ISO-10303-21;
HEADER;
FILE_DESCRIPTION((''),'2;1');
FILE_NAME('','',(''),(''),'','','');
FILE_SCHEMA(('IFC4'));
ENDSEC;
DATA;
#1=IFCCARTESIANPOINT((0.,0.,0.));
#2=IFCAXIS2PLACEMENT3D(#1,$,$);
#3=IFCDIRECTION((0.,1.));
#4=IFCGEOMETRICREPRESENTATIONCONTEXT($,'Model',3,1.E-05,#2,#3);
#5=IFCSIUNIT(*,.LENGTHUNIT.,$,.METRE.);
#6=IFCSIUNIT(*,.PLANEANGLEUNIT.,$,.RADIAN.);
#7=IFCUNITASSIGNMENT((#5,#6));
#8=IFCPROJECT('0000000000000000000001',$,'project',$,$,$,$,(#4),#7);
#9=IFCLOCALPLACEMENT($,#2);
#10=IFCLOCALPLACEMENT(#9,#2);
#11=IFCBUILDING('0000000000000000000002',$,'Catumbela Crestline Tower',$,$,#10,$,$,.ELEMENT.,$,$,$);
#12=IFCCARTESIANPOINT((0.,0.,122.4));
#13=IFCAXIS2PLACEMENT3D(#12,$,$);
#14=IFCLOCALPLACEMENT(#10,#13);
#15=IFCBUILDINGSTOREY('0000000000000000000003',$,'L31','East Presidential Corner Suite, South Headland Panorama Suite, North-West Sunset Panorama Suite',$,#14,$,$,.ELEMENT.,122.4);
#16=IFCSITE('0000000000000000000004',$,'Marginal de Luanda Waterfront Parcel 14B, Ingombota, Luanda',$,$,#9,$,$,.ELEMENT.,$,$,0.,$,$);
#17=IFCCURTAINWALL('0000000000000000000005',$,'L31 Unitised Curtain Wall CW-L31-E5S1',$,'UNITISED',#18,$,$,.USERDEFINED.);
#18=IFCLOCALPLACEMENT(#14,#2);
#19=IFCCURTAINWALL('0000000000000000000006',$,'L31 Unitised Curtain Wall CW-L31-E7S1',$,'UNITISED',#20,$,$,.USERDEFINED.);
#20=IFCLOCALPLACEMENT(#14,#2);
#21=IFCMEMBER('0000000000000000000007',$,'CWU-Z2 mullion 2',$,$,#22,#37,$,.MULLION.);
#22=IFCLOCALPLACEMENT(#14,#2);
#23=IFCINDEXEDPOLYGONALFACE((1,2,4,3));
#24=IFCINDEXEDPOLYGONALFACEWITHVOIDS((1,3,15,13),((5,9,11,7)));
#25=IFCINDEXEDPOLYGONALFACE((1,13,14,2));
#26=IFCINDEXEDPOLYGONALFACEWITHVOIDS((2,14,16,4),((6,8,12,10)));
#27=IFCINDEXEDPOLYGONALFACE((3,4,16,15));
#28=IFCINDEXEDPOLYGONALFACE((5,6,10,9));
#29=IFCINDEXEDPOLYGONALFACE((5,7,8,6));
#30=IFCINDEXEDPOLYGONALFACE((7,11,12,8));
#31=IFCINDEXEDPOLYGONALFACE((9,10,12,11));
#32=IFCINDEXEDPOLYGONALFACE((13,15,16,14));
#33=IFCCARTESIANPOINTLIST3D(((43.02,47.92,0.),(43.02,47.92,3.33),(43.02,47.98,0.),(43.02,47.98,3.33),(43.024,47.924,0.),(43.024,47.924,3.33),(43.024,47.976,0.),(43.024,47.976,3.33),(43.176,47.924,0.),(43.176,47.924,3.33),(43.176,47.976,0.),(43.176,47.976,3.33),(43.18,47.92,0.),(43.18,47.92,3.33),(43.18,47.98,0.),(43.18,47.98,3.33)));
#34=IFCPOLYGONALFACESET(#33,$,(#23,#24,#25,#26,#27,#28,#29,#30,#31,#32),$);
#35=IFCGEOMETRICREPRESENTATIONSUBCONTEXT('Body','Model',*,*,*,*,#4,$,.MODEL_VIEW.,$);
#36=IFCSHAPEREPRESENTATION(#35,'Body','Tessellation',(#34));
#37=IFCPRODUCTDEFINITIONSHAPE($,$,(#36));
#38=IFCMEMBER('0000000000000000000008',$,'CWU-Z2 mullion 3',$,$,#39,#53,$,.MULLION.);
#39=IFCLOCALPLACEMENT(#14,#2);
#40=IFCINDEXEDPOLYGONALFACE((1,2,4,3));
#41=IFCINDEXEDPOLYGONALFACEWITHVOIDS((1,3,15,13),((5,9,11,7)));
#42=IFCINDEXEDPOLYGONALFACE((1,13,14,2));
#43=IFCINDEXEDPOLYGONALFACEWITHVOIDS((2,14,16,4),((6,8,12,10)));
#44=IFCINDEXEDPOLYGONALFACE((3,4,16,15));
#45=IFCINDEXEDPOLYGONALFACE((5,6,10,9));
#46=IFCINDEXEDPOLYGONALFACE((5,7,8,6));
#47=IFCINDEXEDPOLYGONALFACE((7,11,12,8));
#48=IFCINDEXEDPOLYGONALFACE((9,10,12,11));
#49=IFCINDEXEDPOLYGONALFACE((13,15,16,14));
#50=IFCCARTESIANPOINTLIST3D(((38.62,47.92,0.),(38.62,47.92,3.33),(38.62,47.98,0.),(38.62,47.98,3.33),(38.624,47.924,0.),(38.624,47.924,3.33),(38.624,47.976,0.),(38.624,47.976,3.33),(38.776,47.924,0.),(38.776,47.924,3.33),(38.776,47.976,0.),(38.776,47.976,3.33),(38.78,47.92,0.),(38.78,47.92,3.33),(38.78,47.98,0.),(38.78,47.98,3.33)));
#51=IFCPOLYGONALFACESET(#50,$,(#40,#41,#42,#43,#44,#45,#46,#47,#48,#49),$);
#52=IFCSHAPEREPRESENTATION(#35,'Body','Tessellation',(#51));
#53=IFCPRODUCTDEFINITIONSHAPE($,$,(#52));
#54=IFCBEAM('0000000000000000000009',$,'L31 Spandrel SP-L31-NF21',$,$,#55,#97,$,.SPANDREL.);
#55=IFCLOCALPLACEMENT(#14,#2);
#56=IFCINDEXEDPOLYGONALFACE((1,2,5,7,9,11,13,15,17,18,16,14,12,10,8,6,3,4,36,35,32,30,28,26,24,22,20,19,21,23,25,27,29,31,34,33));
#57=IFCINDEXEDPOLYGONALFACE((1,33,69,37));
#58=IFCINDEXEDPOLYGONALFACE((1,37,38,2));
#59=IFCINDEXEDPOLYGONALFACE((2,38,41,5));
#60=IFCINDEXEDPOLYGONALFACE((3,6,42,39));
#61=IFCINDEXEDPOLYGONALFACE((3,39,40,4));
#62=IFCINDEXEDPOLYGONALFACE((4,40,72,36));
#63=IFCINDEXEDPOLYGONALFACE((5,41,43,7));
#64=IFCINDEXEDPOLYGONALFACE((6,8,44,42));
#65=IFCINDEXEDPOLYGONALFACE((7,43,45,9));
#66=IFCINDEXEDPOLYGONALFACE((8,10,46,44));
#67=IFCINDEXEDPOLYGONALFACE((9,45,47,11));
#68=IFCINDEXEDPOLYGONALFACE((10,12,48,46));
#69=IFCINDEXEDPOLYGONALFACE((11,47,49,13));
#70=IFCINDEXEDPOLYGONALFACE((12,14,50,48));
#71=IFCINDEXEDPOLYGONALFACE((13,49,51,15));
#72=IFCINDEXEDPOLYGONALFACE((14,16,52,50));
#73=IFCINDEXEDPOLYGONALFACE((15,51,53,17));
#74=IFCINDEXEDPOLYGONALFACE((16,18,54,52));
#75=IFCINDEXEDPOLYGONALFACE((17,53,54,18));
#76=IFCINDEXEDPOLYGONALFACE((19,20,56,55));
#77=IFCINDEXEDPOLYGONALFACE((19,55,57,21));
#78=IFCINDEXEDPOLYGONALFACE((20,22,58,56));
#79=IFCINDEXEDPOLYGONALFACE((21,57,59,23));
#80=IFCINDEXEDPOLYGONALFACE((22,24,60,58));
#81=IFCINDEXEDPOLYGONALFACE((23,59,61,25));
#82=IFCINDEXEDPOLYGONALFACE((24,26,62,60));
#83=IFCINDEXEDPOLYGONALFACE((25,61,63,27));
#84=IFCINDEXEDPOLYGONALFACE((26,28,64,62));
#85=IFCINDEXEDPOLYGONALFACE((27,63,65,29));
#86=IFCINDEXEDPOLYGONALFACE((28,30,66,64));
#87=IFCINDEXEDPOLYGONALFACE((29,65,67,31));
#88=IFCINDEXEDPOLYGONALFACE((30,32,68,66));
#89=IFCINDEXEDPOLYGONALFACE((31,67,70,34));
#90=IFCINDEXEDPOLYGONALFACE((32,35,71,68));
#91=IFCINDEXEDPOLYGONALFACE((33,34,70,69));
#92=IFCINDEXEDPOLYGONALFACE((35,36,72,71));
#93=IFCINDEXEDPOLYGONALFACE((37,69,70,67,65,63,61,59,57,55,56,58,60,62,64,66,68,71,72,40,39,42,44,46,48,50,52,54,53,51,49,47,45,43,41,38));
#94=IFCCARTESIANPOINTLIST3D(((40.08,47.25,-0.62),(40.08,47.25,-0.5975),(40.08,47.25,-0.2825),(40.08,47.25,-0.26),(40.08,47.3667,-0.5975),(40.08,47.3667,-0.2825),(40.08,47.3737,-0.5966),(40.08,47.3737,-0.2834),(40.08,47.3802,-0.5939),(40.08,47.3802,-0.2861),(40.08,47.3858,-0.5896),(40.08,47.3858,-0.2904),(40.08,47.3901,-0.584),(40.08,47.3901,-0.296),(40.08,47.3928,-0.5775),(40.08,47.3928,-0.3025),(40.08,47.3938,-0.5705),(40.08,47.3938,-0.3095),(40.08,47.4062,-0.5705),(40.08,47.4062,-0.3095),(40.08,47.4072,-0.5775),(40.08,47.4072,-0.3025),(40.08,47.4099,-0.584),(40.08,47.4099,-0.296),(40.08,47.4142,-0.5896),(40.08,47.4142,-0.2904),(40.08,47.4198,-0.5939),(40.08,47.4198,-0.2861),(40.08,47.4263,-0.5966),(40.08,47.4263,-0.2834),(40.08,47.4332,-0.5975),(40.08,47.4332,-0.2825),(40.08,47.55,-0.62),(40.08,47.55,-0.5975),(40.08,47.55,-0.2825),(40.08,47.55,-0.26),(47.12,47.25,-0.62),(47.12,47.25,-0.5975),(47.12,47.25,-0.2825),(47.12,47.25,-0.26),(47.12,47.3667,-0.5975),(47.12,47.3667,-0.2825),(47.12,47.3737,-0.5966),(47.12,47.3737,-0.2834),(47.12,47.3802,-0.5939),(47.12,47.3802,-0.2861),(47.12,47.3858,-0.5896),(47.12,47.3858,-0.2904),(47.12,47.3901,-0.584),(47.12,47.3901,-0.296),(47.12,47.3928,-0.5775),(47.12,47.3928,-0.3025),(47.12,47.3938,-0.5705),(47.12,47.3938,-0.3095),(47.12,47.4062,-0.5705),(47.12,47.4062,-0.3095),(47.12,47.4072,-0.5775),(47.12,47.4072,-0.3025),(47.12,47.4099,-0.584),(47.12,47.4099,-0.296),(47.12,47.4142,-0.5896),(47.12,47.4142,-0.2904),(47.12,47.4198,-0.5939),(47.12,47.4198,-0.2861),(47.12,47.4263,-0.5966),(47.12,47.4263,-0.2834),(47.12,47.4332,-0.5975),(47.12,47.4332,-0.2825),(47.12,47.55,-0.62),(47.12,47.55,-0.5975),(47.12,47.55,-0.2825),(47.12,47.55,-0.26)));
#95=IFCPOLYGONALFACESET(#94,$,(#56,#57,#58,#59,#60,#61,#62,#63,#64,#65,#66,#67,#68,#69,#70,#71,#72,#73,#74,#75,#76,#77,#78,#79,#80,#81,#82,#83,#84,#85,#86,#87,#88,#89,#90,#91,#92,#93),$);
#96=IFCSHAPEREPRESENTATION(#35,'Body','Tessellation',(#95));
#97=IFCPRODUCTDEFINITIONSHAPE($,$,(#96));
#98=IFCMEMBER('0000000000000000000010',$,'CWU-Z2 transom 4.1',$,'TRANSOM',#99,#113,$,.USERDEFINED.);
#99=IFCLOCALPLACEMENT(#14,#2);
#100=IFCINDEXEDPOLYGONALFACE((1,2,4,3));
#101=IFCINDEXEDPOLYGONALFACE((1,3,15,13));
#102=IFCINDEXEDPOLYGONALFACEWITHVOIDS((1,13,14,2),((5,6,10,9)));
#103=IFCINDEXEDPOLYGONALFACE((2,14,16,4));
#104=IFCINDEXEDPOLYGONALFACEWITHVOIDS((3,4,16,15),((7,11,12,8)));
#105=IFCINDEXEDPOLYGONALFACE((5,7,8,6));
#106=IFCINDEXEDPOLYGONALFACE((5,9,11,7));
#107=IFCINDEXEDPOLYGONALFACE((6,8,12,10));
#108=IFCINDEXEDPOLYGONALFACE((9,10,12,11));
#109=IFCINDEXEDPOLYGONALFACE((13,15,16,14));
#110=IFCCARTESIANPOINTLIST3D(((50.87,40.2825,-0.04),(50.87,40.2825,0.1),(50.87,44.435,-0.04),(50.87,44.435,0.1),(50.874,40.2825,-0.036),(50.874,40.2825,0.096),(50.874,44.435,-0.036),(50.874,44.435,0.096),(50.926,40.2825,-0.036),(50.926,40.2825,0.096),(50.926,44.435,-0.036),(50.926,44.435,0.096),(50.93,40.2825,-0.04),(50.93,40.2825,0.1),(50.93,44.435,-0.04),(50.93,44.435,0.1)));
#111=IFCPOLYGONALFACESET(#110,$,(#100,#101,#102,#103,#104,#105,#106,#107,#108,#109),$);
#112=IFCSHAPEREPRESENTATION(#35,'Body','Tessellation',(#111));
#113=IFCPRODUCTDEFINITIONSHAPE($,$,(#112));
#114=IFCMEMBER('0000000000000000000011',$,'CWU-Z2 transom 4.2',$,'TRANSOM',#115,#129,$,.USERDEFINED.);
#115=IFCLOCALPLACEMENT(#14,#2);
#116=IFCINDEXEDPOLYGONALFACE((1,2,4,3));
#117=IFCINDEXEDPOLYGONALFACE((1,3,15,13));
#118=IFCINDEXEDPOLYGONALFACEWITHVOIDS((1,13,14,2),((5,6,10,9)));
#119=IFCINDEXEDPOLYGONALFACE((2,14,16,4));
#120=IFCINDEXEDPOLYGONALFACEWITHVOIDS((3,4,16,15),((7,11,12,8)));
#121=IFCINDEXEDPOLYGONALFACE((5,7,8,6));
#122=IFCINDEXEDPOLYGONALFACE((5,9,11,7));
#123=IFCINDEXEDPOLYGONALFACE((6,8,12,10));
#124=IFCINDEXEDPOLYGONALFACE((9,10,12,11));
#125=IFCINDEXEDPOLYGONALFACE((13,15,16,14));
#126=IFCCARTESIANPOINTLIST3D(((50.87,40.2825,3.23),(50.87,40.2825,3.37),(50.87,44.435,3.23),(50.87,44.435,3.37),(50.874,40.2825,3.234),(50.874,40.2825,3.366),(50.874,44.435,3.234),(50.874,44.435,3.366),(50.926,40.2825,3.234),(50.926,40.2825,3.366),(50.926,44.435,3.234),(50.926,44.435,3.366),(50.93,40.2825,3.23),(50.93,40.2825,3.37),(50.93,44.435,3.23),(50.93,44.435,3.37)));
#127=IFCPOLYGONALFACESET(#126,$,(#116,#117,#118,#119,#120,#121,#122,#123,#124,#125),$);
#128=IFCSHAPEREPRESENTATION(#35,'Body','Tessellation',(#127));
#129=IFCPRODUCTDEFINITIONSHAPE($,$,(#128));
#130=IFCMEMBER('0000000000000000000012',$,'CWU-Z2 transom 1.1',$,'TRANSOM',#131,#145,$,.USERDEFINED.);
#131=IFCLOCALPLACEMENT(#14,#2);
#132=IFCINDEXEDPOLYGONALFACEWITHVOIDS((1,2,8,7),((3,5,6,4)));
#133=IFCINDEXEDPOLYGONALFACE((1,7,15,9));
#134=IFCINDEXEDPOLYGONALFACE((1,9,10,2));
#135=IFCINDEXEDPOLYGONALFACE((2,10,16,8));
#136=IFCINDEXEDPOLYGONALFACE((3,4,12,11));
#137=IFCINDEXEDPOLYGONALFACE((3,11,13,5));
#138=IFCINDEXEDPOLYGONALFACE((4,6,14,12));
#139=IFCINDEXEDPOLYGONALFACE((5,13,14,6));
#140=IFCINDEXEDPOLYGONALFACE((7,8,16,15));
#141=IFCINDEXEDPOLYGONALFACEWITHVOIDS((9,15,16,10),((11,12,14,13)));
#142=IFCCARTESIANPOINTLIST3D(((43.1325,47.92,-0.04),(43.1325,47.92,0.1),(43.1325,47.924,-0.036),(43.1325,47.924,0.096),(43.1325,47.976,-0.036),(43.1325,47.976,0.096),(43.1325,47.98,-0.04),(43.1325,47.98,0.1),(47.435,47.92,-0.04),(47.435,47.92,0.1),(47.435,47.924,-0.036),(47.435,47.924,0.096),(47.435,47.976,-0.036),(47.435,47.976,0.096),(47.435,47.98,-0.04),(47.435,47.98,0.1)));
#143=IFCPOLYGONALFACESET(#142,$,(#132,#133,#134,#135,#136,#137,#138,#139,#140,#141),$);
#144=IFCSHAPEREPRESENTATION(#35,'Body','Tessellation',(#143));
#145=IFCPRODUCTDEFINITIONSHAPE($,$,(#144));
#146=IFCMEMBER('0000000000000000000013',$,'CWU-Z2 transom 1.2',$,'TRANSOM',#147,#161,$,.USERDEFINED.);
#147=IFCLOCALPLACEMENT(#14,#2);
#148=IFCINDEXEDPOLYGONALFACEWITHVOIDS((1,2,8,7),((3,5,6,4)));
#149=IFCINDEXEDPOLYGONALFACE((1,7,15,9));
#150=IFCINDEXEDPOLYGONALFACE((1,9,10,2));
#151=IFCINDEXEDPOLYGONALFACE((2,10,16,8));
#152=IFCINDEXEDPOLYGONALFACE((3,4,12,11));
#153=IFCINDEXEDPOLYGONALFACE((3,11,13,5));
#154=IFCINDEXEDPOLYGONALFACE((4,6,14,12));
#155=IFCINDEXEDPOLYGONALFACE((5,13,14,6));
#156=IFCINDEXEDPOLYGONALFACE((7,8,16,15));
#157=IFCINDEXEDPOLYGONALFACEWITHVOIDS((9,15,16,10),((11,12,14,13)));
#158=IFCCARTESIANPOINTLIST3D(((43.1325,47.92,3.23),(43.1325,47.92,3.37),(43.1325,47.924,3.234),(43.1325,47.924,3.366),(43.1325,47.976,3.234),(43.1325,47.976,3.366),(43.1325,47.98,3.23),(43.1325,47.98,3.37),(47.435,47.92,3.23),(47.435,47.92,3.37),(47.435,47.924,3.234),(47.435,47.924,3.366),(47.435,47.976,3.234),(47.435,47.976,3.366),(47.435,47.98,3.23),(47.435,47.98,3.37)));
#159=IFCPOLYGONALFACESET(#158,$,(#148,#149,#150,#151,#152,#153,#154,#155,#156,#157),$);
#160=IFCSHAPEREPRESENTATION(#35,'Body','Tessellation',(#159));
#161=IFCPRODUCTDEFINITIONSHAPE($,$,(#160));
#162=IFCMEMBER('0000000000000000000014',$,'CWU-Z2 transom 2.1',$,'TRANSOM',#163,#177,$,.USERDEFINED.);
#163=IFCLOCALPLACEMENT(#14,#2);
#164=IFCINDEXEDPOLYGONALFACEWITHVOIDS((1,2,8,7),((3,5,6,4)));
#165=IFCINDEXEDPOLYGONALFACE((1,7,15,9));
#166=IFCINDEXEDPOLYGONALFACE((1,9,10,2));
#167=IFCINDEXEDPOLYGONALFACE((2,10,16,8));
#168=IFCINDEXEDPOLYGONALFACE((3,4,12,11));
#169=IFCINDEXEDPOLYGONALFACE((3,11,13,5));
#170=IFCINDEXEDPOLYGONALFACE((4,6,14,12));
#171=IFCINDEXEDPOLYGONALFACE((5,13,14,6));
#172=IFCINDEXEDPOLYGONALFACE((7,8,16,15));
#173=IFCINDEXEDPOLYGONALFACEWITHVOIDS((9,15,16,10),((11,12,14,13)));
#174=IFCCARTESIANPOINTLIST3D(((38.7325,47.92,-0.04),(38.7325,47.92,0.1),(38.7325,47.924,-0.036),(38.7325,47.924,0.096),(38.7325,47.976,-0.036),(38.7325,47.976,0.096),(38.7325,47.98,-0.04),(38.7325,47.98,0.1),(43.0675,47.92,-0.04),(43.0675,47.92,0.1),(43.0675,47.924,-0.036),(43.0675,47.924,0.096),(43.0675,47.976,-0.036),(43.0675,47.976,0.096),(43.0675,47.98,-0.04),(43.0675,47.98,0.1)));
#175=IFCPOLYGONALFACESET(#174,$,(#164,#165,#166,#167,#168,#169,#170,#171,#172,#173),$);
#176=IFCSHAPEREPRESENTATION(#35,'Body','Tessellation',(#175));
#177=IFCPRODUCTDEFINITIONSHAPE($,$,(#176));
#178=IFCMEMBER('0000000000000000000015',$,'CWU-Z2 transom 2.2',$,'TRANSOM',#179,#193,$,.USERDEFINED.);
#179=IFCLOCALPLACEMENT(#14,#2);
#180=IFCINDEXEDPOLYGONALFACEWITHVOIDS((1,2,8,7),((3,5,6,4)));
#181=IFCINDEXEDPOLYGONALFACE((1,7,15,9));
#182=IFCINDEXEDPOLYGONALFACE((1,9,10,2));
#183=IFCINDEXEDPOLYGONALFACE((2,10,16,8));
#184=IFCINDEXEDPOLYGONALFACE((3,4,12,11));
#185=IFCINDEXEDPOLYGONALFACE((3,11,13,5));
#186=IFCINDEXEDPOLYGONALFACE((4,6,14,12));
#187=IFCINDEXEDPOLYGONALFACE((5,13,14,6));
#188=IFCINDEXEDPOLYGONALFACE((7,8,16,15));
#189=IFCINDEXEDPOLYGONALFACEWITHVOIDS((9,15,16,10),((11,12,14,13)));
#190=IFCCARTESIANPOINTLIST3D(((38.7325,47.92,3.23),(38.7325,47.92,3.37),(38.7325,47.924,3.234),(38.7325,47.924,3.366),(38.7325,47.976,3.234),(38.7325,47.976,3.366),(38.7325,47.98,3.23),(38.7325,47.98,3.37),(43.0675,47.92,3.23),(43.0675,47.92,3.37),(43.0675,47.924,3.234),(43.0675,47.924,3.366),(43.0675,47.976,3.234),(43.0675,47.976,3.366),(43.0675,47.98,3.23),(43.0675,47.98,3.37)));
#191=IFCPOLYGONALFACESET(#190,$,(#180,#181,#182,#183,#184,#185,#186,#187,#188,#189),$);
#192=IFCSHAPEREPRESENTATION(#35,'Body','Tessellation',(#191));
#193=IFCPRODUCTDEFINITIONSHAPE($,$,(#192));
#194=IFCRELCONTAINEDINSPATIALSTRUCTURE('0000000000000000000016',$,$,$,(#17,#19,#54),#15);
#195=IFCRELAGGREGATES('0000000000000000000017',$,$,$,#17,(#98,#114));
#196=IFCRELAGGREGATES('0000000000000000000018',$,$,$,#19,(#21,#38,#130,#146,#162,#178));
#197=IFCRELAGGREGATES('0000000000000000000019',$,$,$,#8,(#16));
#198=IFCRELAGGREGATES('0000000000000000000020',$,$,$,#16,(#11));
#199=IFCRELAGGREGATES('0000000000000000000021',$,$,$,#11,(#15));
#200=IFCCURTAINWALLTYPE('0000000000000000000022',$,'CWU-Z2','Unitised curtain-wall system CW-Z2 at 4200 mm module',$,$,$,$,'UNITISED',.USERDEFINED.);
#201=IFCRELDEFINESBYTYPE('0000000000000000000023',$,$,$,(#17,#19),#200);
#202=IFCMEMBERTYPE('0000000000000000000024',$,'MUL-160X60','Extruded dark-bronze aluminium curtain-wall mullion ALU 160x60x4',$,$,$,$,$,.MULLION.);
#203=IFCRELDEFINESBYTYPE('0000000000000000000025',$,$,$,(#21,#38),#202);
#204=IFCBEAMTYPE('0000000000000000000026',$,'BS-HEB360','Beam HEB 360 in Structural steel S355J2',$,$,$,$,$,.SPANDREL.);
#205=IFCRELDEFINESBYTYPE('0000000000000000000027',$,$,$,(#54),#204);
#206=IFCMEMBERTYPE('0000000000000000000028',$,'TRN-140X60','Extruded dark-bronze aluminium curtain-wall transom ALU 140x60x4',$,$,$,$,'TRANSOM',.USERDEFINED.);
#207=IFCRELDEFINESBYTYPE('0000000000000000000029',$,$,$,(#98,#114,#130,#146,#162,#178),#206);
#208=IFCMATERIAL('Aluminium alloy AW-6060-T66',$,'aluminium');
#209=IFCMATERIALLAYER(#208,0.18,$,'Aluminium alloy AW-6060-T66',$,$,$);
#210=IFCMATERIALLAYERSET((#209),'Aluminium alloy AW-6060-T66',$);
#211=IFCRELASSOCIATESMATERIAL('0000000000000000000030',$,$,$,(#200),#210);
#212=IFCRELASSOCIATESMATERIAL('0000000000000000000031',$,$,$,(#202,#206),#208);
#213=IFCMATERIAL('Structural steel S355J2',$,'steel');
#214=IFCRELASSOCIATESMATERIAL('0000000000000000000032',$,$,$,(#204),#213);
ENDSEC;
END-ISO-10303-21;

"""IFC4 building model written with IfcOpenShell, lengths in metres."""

from ifc_helpers import new_model, si_unit, direction, frame, origin, origin_2d, place, context, subcontext, project, spatial, hollow_rectangle, i_section, extrude, material, layer, layer_set, material_profile, profile_set, type_object, element, aggregate, save


model = new_model("IFC4")

# Units and contexts
model_context = context("Model", 3, precision=1e-05, world=origin(), true_north=direction((0.0, 1.0)))
body_context = subcontext(model_context, "Body", "Model", "MODEL_VIEW")
ifc_project = project(units=[si_unit("LENGTHUNIT", "METRE"), si_unit("PLANEANGLEUNIT", "RADIAN")], contexts=[model_context])

# Site, building, storey
site_placement = place(None, origin())
site = spatial("IfcSite", under=ifc_project, at=site_placement, Name="Marginal de Luanda Waterfront Parcel 14B, Ingombota, Luanda", CompositionType="ELEMENT", RefElevation=0.0)
building_placement = place(site_placement, origin())
building = spatial("IfcBuilding", under=site, at=building_placement, Name="Catumbela Crestline Tower", CompositionType="ELEMENT")
storey_placement = place(building_placement, frame((0.0, 0.0, 122.4)))
storey = spatial("IfcBuildingStorey", under=building, at=storey_placement, Name="L31", Description="East Presidential Corner Suite, South Headland Panorama Suite, North-West Sunset Panorama Suite", CompositionType="ELEMENT", Elevation=122.4)

# Curtain walls, members
ifc_material_1 = material(Name="Aluminium alloy AW-6060-T66", Category="aluminium")
ifc_layer_1 = layer(ifc_material_1, 0.18, Name="Aluminium alloy AW-6060-T66")
ifc_layer_set_1 = layer_set([ifc_layer_1], Name="Aluminium alloy AW-6060-T66")
curtain_wall_type = type_object("IfcCurtainWallType", Name="CWU-Z2", Description="Unitised curtain-wall system CW-Z2 at 4200 mm module", ElementType="UNITISED", PredefinedType="USERDEFINED", material=ifc_layer_set_1)
curtain_wall_1_placement = place(storey_placement, origin())
curtain_wall_1 = element("IfcCurtainWall", 1, at=curtain_wall_1_placement, inside=storey, type_object=curtain_wall_type, Name="L31 Unitised Curtain Wall CW-L31-E5S1", ObjectType="UNITISED", PredefinedType="USERDEFINED")
ifc_material_profile_1 = material_profile(ifc_material_1, hollow_rectangle(XDim=0.06, YDim=0.16, WallThickness=0.004, at=origin_2d()), Name="ALU 160x60x4")
ifc_profile_set_1 = profile_set([ifc_material_profile_1], Name="Aluminium alloy AW-6060-T66")
member_type_1 = type_object("IfcMemberType", Name="MUL-160X60", Description="Extruded dark-bronze aluminium curtain-wall mullion ALU 160x60x4", PredefinedType="MULLION", material=ifc_profile_set_1)
curtain_wall_2_placement = place(storey_placement, origin())
curtain_wall_2 = element("IfcCurtainWall", 2, at=curtain_wall_2_placement, inside=storey, type_object=curtain_wall_type, Name="L31 Unitised Curtain Wall CW-L31-E7S1", ObjectType="UNITISED", PredefinedType="USERDEFINED")
member_1_placement = place(storey_placement, frame((43.1, 47.95, 0.0), z_axis=(0.0, 0.0, 1.0), x_axis=(0.0, -1.0, 0.0)))
member_1 = element("IfcMember", 3, at=member_1_placement, type_object=member_type_1, Name="CWU-Z2 mullion 2", PredefinedType="MULLION", context=body_context, shape_type="SweptSolid", body=[
    extrude(hollow_rectangle(XDim=0.06, YDim=0.16, WallThickness=0.004, at=origin_2d()), origin(), (0.0, 0.0, 1.0), 3.33),
])
member_2_placement = place(storey_placement, frame((38.7, 47.95, 0.0), z_axis=(0.0, 0.0, 1.0), x_axis=(0.0, -1.0, 0.0)))
member_2 = element("IfcMember", 4, at=member_2_placement, type_object=member_type_1, Name="CWU-Z2 mullion 3", PredefinedType="MULLION", context=body_context, shape_type="SweptSolid", body=[
    extrude(hollow_rectangle(XDim=0.06, YDim=0.16, WallThickness=0.004, at=origin_2d()), origin(), (0.0, 0.0, 1.0), 3.33),
])

# Beam
ifc_material_2 = material(Name="Structural steel S355J2", Category="steel")
ifc_material_profile_2 = material_profile(ifc_material_2, i_section(OverallWidth=0.3, OverallDepth=0.36, WebThickness=0.0125, FlangeThickness=0.0225, FilletRadius=0.027, at=origin_2d()), Name="HEB 360")
ifc_profile_set_2 = profile_set([ifc_material_profile_2], Name="Structural steel S355J2")
beam_type = type_object("IfcBeamType", Name="BS-HEB360", Description="Beam HEB 360 in Structural steel S355J2", PredefinedType="SPANDREL", material=ifc_profile_set_2)
beam_placement = place(storey_placement, frame((40.08, 47.4, -0.44), z_axis=(1.0, 0.0, 0.0), x_axis=(0.0, 1.0, 0.0)))
element("IfcBeam", 5, at=beam_placement, inside=storey, type_object=beam_type, Name="L31 Spandrel SP-L31-NF21", PredefinedType="SPANDREL", context=body_context, shape_type="SweptSolid", body=[
    extrude(i_section(OverallWidth=0.3, OverallDepth=0.36, WebThickness=0.0125, FlangeThickness=0.0225, FilletRadius=0.027, at=origin_2d()), origin(), (0.0, 0.0, 1.0), 7.04),
])

# Members
ifc_material_profile_3 = material_profile(ifc_material_1, hollow_rectangle(XDim=0.06, YDim=0.14, WallThickness=0.004, at=origin_2d()), Name="ALU 140x60x4")
ifc_profile_set_3 = profile_set([ifc_material_profile_3], Name="Aluminium alloy AW-6060-T66")
member_type_2 = type_object("IfcMemberType", Name="TRN-140X60", Description="Extruded dark-bronze aluminium curtain-wall transom ALU 140x60x4", ElementType="TRANSOM", PredefinedType="USERDEFINED", material=ifc_profile_set_3)
member_3_placement = place(storey_placement, frame((50.9, 40.2825, 0.03), z_axis=(0.0, 1.0, 0.0), x_axis=(-1.0, 0.0, 0.0)))
member_3 = element("IfcMember", 6, at=member_3_placement, type_object=member_type_2, Name="CWU-Z2 transom 4.1", ObjectType="TRANSOM", PredefinedType="USERDEFINED", context=body_context, shape_type="SweptSolid", body=[
    extrude(hollow_rectangle(XDim=0.06, YDim=0.14, WallThickness=0.004, at=origin_2d()), origin(), (0.0, 0.0, 1.0), 4.1525),
])
member_4_placement = place(storey_placement, frame((50.9, 40.2825, 3.3), z_axis=(0.0, 1.0, 0.0), x_axis=(-1.0, 0.0, 0.0)))
member_4 = element("IfcMember", 7, at=member_4_placement, type_object=member_type_2, Name="CWU-Z2 transom 4.2", ObjectType="TRANSOM", PredefinedType="USERDEFINED", context=body_context, shape_type="SweptSolid", body=[
    extrude(hollow_rectangle(XDim=0.06, YDim=0.14, WallThickness=0.004, at=origin_2d()), origin(), (0.0, 0.0, 1.0), 4.1525),
])
member_5_placement = place(storey_placement, frame((47.435, 47.95, 0.03), z_axis=(-1.0, 0.0, 0.0), x_axis=(0.0, -1.0, 0.0)))
member_5 = element("IfcMember", 8, at=member_5_placement, type_object=member_type_2, Name="CWU-Z2 transom 1.1", ObjectType="TRANSOM", PredefinedType="USERDEFINED", context=body_context, shape_type="SweptSolid", body=[
    extrude(hollow_rectangle(XDim=0.06, YDim=0.14, WallThickness=0.004, at=origin_2d()), origin(), (0.0, 0.0, 1.0), 4.3025),
])
member_6_placement = place(storey_placement, frame((47.435, 47.95, 3.3), z_axis=(-1.0, 0.0, 0.0), x_axis=(0.0, -1.0, 0.0)))
member_6 = element("IfcMember", 9, at=member_6_placement, type_object=member_type_2, Name="CWU-Z2 transom 1.2", ObjectType="TRANSOM", PredefinedType="USERDEFINED", context=body_context, shape_type="SweptSolid", body=[
    extrude(hollow_rectangle(XDim=0.06, YDim=0.14, WallThickness=0.004, at=origin_2d()), origin(), (0.0, 0.0, 1.0), 4.3025),
])
member_7_placement = place(storey_placement, frame((43.0675, 47.95, 0.03), z_axis=(-1.0, 0.0, 0.0), x_axis=(0.0, -1.0, 0.0)))
member_7 = element("IfcMember", 10, at=member_7_placement, type_object=member_type_2, Name="CWU-Z2 transom 2.1", ObjectType="TRANSOM", PredefinedType="USERDEFINED", context=body_context, shape_type="SweptSolid", body=[
    extrude(hollow_rectangle(XDim=0.06, YDim=0.14, WallThickness=0.004, at=origin_2d()), origin(), (0.0, 0.0, 1.0), 4.335),
])
member_8_placement = place(storey_placement, frame((43.0675, 47.95, 3.3), z_axis=(-1.0, 0.0, 0.0), x_axis=(0.0, -1.0, 0.0)))
member_8 = element("IfcMember", 11, at=member_8_placement, type_object=member_type_2, Name="CWU-Z2 transom 2.2", ObjectType="TRANSOM", PredefinedType="USERDEFINED", context=body_context, shape_type="SweptSolid", body=[
    extrude(hollow_rectangle(XDim=0.06, YDim=0.14, WallThickness=0.004, at=origin_2d()), origin(), (0.0, 0.0, 1.0), 4.335),
])

aggregate(curtain_wall_1, [member_3, member_4])
aggregate(curtain_wall_2, [member_1, member_2, member_5, member_6, member_7, member_8])

save(model, "model.ifc")
